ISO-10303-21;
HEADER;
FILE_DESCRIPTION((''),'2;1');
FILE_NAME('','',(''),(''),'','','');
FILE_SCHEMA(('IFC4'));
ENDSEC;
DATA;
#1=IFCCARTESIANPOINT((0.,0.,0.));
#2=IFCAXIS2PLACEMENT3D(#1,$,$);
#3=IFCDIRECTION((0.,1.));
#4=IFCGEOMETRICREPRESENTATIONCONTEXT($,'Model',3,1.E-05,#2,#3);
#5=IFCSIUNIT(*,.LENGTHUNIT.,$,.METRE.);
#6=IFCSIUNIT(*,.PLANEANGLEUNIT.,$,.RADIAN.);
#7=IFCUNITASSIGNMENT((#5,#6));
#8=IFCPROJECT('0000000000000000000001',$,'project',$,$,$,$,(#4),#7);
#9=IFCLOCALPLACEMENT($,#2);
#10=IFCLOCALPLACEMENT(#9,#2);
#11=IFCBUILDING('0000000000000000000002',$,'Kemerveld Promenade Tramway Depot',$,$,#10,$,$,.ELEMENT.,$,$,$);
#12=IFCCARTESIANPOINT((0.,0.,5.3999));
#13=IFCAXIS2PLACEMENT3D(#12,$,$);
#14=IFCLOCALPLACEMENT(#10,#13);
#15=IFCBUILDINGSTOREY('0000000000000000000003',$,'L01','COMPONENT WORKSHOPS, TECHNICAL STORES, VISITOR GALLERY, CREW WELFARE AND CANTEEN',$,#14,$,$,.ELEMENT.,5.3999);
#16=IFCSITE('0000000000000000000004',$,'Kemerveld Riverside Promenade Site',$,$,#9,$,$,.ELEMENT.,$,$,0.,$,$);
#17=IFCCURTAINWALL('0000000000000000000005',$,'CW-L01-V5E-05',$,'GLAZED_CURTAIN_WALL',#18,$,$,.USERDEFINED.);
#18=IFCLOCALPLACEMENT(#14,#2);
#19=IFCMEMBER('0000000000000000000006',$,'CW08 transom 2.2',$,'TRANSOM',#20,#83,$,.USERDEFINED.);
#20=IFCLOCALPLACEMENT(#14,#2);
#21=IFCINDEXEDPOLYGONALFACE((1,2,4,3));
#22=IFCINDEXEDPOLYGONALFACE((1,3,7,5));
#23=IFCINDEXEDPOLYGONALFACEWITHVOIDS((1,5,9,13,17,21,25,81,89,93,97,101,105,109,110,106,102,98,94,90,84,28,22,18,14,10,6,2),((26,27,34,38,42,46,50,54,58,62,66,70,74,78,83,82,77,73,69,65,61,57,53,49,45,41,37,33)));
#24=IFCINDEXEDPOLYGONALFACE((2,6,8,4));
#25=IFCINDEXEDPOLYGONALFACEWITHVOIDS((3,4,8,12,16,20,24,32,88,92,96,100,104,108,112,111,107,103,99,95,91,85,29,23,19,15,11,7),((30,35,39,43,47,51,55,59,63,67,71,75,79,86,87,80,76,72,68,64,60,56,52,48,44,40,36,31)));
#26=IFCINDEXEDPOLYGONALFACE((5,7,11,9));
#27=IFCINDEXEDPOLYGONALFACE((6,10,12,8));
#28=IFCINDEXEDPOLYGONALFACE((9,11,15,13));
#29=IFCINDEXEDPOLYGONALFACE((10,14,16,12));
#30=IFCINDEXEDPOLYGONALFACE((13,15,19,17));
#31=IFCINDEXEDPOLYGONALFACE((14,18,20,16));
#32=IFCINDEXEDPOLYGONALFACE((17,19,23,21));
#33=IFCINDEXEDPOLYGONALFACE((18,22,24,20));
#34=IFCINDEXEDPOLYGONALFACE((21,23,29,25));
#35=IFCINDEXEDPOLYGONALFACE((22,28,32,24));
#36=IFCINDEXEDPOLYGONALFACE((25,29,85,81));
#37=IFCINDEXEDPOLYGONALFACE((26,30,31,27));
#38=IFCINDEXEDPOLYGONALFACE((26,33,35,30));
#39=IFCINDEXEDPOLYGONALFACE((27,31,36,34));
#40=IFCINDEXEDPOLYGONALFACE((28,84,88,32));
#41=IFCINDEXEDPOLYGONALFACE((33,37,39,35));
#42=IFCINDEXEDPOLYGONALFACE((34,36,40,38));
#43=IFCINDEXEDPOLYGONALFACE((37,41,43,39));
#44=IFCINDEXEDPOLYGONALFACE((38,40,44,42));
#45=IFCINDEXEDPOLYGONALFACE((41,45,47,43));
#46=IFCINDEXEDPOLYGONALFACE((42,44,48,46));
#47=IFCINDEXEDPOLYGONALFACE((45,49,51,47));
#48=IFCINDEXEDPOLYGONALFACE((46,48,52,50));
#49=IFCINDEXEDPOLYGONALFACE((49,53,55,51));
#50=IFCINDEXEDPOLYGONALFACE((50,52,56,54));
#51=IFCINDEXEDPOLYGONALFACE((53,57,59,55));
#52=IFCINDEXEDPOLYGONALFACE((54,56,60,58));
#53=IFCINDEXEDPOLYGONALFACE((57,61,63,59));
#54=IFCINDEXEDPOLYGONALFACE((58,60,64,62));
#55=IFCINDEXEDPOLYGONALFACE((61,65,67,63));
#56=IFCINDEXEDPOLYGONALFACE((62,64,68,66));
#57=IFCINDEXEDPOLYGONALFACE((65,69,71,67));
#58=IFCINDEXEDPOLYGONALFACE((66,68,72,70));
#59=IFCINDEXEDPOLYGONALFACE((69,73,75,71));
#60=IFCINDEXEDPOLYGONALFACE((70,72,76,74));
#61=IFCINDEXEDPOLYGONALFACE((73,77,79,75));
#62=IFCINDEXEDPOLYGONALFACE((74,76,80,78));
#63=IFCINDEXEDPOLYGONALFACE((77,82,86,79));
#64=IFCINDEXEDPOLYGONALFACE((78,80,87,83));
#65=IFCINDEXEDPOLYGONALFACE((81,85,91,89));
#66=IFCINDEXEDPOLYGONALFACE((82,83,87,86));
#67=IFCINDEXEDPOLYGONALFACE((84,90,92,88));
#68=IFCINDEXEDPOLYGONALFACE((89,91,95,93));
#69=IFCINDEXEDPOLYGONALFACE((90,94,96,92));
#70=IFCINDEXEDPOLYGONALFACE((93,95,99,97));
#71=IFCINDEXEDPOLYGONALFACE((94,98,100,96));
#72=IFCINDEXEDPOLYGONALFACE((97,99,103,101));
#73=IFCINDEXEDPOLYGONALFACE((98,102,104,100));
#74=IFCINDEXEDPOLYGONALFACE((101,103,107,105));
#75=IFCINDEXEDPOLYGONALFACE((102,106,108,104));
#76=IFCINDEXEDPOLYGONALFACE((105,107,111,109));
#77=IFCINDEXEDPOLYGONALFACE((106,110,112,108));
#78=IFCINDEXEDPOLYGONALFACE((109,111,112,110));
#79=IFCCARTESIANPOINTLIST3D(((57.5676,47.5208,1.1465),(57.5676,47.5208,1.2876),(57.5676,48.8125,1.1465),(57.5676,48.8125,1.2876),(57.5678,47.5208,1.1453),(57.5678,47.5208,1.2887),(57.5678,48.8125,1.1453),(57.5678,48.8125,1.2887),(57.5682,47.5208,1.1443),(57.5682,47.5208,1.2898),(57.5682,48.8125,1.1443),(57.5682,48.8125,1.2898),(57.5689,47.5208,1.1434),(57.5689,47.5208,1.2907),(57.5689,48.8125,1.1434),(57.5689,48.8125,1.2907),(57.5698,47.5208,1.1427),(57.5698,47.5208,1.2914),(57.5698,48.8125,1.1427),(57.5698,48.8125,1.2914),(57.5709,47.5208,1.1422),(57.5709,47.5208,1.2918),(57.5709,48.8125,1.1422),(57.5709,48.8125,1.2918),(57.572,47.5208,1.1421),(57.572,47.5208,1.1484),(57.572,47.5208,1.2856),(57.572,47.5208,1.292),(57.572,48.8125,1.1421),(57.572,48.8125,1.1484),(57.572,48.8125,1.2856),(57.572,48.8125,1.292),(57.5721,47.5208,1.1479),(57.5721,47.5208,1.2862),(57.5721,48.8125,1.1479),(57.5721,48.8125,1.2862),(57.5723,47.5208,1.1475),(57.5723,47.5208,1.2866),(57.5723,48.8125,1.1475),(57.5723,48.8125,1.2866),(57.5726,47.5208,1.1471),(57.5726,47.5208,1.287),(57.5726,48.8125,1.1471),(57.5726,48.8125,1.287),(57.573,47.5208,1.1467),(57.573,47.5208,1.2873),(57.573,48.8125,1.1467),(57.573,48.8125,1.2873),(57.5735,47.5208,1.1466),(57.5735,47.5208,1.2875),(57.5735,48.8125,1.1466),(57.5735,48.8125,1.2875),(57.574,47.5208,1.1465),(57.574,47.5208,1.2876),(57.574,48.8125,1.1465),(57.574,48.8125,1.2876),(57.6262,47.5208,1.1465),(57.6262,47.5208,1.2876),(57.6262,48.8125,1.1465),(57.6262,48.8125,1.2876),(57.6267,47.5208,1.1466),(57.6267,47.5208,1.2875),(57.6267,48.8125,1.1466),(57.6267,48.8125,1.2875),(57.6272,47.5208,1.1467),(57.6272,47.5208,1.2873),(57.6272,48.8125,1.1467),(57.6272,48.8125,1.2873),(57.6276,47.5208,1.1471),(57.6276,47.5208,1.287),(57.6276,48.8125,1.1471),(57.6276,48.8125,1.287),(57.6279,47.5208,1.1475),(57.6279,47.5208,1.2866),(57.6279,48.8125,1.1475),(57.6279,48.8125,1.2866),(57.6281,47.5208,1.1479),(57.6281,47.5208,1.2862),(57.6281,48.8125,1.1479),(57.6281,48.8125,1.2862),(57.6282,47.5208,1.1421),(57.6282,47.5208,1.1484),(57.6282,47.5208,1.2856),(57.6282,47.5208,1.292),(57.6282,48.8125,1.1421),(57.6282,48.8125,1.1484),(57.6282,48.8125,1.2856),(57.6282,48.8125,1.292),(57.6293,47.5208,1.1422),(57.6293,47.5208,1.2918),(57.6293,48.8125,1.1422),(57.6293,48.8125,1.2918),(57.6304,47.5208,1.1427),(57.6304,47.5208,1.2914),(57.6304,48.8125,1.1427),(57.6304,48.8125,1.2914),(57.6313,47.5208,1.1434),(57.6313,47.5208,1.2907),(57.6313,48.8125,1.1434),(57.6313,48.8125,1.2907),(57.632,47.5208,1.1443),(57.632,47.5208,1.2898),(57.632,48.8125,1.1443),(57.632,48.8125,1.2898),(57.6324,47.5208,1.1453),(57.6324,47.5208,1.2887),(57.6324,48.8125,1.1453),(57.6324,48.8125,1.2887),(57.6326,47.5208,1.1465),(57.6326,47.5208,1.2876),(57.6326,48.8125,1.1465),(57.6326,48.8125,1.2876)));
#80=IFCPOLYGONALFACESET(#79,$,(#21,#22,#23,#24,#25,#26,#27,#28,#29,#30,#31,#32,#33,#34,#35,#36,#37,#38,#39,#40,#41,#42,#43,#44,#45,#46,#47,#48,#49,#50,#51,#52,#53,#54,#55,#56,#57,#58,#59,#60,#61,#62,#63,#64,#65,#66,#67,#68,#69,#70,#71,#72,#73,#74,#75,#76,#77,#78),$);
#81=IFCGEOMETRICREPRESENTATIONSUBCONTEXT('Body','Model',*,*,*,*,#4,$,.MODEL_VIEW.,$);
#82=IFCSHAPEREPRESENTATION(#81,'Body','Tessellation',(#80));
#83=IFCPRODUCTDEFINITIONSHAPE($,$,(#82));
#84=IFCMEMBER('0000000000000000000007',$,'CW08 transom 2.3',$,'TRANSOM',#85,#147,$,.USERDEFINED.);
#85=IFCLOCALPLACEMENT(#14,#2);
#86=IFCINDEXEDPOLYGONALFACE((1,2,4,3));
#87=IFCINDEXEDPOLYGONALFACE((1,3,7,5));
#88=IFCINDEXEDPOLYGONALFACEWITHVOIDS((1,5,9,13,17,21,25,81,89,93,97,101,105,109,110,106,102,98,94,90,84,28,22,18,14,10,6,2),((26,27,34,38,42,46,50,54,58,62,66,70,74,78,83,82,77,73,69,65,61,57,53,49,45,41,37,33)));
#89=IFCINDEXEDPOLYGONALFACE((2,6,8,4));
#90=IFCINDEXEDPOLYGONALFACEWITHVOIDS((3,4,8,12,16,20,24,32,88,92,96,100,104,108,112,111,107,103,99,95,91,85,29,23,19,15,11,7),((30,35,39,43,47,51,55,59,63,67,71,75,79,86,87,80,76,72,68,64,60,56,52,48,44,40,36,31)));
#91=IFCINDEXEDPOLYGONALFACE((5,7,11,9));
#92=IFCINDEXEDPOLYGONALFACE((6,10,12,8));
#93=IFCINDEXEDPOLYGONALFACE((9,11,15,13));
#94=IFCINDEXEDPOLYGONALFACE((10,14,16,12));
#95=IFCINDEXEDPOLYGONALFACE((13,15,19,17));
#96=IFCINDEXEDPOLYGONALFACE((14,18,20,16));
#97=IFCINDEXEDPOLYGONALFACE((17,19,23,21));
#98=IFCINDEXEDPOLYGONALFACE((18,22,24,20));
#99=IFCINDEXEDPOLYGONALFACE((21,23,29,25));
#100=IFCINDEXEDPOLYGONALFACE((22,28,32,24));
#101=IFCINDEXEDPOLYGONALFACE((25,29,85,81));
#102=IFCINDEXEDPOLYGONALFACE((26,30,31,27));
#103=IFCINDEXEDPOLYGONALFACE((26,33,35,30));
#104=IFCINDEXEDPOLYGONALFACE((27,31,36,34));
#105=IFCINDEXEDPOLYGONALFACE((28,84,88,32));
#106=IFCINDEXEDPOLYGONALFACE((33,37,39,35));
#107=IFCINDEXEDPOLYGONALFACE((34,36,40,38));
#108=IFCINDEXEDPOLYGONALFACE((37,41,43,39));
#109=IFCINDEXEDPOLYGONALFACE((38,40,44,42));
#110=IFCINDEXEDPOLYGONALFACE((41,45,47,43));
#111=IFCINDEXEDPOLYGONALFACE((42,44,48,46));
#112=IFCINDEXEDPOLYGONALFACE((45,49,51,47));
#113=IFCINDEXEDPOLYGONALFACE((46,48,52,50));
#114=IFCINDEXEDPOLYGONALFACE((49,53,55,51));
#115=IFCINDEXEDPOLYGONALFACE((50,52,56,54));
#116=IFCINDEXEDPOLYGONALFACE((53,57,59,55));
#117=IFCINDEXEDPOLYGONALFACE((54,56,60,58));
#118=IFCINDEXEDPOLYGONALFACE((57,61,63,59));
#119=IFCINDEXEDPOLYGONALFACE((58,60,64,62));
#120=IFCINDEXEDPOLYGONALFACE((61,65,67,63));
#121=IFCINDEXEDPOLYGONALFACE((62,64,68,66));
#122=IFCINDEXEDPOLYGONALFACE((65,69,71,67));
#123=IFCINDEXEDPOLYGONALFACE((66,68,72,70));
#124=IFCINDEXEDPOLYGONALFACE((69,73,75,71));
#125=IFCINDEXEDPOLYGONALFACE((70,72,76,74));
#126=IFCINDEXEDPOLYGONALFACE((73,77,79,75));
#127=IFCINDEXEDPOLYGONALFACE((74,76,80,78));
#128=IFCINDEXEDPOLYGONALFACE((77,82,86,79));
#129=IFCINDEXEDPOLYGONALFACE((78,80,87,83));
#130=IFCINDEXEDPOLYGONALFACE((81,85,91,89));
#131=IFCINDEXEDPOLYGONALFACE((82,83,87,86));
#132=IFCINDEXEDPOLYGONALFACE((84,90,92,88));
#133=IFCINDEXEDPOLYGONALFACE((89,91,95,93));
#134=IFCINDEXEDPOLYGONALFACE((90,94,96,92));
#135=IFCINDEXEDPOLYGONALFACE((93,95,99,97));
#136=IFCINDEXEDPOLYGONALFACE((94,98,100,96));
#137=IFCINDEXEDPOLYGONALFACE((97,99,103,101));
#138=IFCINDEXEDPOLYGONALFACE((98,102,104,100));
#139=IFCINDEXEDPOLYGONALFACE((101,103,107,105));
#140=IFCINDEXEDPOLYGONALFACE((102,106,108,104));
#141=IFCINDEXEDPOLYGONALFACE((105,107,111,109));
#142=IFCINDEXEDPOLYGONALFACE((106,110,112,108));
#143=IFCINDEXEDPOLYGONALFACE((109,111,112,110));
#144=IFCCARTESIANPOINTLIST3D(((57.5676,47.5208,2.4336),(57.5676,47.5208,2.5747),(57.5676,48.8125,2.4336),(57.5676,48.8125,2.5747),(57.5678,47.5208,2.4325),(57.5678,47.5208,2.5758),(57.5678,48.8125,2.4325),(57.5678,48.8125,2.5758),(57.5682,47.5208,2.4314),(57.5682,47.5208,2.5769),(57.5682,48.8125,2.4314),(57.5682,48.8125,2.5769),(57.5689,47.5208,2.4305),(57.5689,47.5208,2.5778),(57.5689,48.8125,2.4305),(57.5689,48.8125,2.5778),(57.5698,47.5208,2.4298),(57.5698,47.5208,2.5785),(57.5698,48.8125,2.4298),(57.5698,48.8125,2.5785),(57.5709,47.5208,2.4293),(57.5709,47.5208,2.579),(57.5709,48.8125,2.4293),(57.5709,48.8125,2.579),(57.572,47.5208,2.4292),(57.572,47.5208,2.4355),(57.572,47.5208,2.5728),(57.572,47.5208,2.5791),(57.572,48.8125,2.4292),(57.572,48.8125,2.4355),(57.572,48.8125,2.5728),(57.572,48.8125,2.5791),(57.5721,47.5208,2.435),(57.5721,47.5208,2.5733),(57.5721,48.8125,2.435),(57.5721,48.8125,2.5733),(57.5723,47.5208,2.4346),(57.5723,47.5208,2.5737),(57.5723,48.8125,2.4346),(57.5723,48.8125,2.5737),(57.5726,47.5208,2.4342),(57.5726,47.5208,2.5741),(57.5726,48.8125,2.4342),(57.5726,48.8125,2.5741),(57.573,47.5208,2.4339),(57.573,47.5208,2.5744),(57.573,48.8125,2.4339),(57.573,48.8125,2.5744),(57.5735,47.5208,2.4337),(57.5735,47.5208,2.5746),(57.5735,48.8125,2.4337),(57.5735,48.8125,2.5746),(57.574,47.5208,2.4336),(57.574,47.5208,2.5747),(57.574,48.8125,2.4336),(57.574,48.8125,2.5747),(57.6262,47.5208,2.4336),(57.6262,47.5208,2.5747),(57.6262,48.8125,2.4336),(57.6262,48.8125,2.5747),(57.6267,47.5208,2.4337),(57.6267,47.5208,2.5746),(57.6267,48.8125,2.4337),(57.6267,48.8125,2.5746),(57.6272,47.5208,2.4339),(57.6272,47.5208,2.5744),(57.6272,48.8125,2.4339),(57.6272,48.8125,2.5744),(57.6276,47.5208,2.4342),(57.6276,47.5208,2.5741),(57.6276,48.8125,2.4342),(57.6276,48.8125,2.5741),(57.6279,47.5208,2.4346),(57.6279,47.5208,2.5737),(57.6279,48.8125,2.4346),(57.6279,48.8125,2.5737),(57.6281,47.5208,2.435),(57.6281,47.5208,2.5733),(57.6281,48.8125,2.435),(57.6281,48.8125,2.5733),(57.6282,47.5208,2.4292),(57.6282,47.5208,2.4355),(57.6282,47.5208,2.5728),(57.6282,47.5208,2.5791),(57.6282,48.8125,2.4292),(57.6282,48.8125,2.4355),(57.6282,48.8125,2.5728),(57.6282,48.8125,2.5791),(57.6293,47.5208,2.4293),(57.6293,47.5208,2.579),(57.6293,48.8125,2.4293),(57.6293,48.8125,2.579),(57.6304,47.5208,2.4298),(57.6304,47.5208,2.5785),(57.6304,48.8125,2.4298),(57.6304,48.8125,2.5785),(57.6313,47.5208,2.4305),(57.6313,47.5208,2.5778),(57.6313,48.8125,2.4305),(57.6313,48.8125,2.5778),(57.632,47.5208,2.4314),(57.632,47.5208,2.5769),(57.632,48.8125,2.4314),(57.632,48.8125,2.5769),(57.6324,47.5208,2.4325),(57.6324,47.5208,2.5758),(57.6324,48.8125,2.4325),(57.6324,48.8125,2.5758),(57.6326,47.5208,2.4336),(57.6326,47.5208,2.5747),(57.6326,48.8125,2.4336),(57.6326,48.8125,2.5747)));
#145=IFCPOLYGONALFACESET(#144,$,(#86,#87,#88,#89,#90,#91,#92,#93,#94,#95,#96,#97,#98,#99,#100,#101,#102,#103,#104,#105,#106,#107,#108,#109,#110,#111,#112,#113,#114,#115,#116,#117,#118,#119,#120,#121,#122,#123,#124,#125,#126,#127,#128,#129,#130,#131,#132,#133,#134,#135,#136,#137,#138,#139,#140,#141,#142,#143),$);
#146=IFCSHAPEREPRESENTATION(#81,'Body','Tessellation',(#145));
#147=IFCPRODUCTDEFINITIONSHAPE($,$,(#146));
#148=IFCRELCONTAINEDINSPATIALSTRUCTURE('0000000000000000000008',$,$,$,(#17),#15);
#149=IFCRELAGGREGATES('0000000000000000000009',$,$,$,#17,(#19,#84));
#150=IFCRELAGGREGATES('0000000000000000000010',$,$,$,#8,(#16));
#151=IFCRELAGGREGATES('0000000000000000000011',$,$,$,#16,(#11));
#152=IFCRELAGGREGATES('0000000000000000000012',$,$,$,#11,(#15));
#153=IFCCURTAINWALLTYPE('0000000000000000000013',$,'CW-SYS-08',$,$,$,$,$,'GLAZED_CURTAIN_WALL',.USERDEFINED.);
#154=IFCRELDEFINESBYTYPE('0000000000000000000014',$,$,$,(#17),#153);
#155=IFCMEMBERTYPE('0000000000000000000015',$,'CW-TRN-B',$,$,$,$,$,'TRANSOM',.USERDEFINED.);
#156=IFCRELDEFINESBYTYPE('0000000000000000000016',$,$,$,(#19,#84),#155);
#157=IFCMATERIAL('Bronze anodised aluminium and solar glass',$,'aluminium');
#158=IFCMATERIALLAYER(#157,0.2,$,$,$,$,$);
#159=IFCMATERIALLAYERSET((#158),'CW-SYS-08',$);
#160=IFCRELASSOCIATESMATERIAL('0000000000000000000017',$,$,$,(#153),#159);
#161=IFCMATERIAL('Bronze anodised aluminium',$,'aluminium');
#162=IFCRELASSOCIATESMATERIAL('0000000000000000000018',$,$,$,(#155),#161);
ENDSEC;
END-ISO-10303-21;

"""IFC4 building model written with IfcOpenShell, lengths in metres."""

from ifc_helpers import new_model, si_unit, direction, frame, origin, origin_2d, place, context, subcontext, project, spatial, hollow_rectangle, extrude, material, layer, layer_set, material_profile, profile_set, type_object, element, aggregate, save


model = new_model("IFC4")

# Units and contexts
model_context = context("Model", 3, precision=1e-05, world=origin(), true_north=direction((0.0, 1.0)))
body_context = subcontext(model_context, "Body", "Model", "MODEL_VIEW")
ifc_project = project(units=[si_unit("LENGTHUNIT", "METRE"), si_unit("PLANEANGLEUNIT", "RADIAN")], contexts=[model_context])

# Site, building, storey
site_placement = place(None, origin())
site = spatial("IfcSite", under=ifc_project, at=site_placement, Name="Kemerveld Riverside Promenade Site", CompositionType="ELEMENT", RefElevation=0.0)
building_placement = place(site_placement, origin())
building = spatial("IfcBuilding", under=site, at=building_placement, Name="Kemerveld Promenade Tramway Depot", CompositionType="ELEMENT")
storey_placement = place(building_placement, frame((0.0, 0.0, 5.3999)))
storey = spatial("IfcBuildingStorey", under=building, at=storey_placement, Name="L01", Description="COMPONENT WORKSHOPS, TECHNICAL STORES, VISITOR GALLERY, CREW WELFARE AND CANTEEN", CompositionType="ELEMENT", Elevation=5.3999)

# Curtain wall, members
ifc_material_1 = material(Name="Bronze anodised aluminium and solar glass", Category="aluminium")
ifc_layer_1 = layer(ifc_material_1, 0.2)
ifc_layer_set_1 = layer_set([ifc_layer_1], Name="CW-SYS-08")
curtain_wall_type = type_object("IfcCurtainWallType", Name="CW-SYS-08", ElementType="GLAZED_CURTAIN_WALL", PredefinedType="USERDEFINED", material=ifc_layer_set_1)
curtain_wall_placement = place(storey_placement, origin())
curtain_wall = element("IfcCurtainWall", 1, at=curtain_wall_placement, inside=storey, type_object=curtain_wall_type, Name="CW-L01-V5E-05", ObjectType="GLAZED_CURTAIN_WALL", PredefinedType="USERDEFINED")
ifc_material_2 = material(Name="Bronze anodised aluminium", Category="aluminium")
ifc_material_profile_1 = material_profile(ifc_material_2, hollow_rectangle(XDim=0.0649, YDim=0.1499, WallThickness=0.0044, InnerFilletRadius=0.002, OuterFilletRadius=0.0044, at=origin_2d()), Name="CW-TRN-150x65")
ifc_profile_set_1 = profile_set([ifc_material_profile_1], Name="Bronze anodised aluminium")
member_type_1 = type_object("IfcMemberType", Name="CW-TRN-B", ElementType="TRANSOM", PredefinedType="USERDEFINED", material=ifc_profile_set_1)
member_1_placement = place(storey_placement, frame((57.6001, 48.8125, 1.217), z_axis=(0.0, -1.0, 0.0), x_axis=(1.0, 0.0, 0.0)))
member_1 = element("IfcMember", 2, at=member_1_placement, type_object=member_type_1, Name="CW08 transom 2.2", ObjectType="TRANSOM", PredefinedType="USERDEFINED", context=body_context, shape_type="SweptSolid", body=[
    extrude(hollow_rectangle(XDim=0.0649, YDim=0.1499, WallThickness=0.0044, InnerFilletRadius=0.002, OuterFilletRadius=0.0044, at=origin_2d()), origin(), (0.0, 0.0, 1.0), 1.2917),
])
member_2_placement = place(storey_placement, frame((57.6001, 48.8125, 2.5042), z_axis=(0.0, -1.0, 0.0), x_axis=(1.0, 0.0, 0.0)))
member_2 = element("IfcMember", 3, at=member_2_placement, type_object=member_type_1, Name="CW08 transom 2.3", ObjectType="TRANSOM", PredefinedType="USERDEFINED", context=body_context, shape_type="SweptSolid", body=[
    extrude(hollow_rectangle(XDim=0.0649, YDim=0.1499, WallThickness=0.0044, InnerFilletRadius=0.002, OuterFilletRadius=0.0044, at=origin_2d()), origin(), (0.0, 0.0, 1.0), 1.2917),
])
aggregate(curtain_wall, [member_1, member_2])

save(model, "model.ifc")
